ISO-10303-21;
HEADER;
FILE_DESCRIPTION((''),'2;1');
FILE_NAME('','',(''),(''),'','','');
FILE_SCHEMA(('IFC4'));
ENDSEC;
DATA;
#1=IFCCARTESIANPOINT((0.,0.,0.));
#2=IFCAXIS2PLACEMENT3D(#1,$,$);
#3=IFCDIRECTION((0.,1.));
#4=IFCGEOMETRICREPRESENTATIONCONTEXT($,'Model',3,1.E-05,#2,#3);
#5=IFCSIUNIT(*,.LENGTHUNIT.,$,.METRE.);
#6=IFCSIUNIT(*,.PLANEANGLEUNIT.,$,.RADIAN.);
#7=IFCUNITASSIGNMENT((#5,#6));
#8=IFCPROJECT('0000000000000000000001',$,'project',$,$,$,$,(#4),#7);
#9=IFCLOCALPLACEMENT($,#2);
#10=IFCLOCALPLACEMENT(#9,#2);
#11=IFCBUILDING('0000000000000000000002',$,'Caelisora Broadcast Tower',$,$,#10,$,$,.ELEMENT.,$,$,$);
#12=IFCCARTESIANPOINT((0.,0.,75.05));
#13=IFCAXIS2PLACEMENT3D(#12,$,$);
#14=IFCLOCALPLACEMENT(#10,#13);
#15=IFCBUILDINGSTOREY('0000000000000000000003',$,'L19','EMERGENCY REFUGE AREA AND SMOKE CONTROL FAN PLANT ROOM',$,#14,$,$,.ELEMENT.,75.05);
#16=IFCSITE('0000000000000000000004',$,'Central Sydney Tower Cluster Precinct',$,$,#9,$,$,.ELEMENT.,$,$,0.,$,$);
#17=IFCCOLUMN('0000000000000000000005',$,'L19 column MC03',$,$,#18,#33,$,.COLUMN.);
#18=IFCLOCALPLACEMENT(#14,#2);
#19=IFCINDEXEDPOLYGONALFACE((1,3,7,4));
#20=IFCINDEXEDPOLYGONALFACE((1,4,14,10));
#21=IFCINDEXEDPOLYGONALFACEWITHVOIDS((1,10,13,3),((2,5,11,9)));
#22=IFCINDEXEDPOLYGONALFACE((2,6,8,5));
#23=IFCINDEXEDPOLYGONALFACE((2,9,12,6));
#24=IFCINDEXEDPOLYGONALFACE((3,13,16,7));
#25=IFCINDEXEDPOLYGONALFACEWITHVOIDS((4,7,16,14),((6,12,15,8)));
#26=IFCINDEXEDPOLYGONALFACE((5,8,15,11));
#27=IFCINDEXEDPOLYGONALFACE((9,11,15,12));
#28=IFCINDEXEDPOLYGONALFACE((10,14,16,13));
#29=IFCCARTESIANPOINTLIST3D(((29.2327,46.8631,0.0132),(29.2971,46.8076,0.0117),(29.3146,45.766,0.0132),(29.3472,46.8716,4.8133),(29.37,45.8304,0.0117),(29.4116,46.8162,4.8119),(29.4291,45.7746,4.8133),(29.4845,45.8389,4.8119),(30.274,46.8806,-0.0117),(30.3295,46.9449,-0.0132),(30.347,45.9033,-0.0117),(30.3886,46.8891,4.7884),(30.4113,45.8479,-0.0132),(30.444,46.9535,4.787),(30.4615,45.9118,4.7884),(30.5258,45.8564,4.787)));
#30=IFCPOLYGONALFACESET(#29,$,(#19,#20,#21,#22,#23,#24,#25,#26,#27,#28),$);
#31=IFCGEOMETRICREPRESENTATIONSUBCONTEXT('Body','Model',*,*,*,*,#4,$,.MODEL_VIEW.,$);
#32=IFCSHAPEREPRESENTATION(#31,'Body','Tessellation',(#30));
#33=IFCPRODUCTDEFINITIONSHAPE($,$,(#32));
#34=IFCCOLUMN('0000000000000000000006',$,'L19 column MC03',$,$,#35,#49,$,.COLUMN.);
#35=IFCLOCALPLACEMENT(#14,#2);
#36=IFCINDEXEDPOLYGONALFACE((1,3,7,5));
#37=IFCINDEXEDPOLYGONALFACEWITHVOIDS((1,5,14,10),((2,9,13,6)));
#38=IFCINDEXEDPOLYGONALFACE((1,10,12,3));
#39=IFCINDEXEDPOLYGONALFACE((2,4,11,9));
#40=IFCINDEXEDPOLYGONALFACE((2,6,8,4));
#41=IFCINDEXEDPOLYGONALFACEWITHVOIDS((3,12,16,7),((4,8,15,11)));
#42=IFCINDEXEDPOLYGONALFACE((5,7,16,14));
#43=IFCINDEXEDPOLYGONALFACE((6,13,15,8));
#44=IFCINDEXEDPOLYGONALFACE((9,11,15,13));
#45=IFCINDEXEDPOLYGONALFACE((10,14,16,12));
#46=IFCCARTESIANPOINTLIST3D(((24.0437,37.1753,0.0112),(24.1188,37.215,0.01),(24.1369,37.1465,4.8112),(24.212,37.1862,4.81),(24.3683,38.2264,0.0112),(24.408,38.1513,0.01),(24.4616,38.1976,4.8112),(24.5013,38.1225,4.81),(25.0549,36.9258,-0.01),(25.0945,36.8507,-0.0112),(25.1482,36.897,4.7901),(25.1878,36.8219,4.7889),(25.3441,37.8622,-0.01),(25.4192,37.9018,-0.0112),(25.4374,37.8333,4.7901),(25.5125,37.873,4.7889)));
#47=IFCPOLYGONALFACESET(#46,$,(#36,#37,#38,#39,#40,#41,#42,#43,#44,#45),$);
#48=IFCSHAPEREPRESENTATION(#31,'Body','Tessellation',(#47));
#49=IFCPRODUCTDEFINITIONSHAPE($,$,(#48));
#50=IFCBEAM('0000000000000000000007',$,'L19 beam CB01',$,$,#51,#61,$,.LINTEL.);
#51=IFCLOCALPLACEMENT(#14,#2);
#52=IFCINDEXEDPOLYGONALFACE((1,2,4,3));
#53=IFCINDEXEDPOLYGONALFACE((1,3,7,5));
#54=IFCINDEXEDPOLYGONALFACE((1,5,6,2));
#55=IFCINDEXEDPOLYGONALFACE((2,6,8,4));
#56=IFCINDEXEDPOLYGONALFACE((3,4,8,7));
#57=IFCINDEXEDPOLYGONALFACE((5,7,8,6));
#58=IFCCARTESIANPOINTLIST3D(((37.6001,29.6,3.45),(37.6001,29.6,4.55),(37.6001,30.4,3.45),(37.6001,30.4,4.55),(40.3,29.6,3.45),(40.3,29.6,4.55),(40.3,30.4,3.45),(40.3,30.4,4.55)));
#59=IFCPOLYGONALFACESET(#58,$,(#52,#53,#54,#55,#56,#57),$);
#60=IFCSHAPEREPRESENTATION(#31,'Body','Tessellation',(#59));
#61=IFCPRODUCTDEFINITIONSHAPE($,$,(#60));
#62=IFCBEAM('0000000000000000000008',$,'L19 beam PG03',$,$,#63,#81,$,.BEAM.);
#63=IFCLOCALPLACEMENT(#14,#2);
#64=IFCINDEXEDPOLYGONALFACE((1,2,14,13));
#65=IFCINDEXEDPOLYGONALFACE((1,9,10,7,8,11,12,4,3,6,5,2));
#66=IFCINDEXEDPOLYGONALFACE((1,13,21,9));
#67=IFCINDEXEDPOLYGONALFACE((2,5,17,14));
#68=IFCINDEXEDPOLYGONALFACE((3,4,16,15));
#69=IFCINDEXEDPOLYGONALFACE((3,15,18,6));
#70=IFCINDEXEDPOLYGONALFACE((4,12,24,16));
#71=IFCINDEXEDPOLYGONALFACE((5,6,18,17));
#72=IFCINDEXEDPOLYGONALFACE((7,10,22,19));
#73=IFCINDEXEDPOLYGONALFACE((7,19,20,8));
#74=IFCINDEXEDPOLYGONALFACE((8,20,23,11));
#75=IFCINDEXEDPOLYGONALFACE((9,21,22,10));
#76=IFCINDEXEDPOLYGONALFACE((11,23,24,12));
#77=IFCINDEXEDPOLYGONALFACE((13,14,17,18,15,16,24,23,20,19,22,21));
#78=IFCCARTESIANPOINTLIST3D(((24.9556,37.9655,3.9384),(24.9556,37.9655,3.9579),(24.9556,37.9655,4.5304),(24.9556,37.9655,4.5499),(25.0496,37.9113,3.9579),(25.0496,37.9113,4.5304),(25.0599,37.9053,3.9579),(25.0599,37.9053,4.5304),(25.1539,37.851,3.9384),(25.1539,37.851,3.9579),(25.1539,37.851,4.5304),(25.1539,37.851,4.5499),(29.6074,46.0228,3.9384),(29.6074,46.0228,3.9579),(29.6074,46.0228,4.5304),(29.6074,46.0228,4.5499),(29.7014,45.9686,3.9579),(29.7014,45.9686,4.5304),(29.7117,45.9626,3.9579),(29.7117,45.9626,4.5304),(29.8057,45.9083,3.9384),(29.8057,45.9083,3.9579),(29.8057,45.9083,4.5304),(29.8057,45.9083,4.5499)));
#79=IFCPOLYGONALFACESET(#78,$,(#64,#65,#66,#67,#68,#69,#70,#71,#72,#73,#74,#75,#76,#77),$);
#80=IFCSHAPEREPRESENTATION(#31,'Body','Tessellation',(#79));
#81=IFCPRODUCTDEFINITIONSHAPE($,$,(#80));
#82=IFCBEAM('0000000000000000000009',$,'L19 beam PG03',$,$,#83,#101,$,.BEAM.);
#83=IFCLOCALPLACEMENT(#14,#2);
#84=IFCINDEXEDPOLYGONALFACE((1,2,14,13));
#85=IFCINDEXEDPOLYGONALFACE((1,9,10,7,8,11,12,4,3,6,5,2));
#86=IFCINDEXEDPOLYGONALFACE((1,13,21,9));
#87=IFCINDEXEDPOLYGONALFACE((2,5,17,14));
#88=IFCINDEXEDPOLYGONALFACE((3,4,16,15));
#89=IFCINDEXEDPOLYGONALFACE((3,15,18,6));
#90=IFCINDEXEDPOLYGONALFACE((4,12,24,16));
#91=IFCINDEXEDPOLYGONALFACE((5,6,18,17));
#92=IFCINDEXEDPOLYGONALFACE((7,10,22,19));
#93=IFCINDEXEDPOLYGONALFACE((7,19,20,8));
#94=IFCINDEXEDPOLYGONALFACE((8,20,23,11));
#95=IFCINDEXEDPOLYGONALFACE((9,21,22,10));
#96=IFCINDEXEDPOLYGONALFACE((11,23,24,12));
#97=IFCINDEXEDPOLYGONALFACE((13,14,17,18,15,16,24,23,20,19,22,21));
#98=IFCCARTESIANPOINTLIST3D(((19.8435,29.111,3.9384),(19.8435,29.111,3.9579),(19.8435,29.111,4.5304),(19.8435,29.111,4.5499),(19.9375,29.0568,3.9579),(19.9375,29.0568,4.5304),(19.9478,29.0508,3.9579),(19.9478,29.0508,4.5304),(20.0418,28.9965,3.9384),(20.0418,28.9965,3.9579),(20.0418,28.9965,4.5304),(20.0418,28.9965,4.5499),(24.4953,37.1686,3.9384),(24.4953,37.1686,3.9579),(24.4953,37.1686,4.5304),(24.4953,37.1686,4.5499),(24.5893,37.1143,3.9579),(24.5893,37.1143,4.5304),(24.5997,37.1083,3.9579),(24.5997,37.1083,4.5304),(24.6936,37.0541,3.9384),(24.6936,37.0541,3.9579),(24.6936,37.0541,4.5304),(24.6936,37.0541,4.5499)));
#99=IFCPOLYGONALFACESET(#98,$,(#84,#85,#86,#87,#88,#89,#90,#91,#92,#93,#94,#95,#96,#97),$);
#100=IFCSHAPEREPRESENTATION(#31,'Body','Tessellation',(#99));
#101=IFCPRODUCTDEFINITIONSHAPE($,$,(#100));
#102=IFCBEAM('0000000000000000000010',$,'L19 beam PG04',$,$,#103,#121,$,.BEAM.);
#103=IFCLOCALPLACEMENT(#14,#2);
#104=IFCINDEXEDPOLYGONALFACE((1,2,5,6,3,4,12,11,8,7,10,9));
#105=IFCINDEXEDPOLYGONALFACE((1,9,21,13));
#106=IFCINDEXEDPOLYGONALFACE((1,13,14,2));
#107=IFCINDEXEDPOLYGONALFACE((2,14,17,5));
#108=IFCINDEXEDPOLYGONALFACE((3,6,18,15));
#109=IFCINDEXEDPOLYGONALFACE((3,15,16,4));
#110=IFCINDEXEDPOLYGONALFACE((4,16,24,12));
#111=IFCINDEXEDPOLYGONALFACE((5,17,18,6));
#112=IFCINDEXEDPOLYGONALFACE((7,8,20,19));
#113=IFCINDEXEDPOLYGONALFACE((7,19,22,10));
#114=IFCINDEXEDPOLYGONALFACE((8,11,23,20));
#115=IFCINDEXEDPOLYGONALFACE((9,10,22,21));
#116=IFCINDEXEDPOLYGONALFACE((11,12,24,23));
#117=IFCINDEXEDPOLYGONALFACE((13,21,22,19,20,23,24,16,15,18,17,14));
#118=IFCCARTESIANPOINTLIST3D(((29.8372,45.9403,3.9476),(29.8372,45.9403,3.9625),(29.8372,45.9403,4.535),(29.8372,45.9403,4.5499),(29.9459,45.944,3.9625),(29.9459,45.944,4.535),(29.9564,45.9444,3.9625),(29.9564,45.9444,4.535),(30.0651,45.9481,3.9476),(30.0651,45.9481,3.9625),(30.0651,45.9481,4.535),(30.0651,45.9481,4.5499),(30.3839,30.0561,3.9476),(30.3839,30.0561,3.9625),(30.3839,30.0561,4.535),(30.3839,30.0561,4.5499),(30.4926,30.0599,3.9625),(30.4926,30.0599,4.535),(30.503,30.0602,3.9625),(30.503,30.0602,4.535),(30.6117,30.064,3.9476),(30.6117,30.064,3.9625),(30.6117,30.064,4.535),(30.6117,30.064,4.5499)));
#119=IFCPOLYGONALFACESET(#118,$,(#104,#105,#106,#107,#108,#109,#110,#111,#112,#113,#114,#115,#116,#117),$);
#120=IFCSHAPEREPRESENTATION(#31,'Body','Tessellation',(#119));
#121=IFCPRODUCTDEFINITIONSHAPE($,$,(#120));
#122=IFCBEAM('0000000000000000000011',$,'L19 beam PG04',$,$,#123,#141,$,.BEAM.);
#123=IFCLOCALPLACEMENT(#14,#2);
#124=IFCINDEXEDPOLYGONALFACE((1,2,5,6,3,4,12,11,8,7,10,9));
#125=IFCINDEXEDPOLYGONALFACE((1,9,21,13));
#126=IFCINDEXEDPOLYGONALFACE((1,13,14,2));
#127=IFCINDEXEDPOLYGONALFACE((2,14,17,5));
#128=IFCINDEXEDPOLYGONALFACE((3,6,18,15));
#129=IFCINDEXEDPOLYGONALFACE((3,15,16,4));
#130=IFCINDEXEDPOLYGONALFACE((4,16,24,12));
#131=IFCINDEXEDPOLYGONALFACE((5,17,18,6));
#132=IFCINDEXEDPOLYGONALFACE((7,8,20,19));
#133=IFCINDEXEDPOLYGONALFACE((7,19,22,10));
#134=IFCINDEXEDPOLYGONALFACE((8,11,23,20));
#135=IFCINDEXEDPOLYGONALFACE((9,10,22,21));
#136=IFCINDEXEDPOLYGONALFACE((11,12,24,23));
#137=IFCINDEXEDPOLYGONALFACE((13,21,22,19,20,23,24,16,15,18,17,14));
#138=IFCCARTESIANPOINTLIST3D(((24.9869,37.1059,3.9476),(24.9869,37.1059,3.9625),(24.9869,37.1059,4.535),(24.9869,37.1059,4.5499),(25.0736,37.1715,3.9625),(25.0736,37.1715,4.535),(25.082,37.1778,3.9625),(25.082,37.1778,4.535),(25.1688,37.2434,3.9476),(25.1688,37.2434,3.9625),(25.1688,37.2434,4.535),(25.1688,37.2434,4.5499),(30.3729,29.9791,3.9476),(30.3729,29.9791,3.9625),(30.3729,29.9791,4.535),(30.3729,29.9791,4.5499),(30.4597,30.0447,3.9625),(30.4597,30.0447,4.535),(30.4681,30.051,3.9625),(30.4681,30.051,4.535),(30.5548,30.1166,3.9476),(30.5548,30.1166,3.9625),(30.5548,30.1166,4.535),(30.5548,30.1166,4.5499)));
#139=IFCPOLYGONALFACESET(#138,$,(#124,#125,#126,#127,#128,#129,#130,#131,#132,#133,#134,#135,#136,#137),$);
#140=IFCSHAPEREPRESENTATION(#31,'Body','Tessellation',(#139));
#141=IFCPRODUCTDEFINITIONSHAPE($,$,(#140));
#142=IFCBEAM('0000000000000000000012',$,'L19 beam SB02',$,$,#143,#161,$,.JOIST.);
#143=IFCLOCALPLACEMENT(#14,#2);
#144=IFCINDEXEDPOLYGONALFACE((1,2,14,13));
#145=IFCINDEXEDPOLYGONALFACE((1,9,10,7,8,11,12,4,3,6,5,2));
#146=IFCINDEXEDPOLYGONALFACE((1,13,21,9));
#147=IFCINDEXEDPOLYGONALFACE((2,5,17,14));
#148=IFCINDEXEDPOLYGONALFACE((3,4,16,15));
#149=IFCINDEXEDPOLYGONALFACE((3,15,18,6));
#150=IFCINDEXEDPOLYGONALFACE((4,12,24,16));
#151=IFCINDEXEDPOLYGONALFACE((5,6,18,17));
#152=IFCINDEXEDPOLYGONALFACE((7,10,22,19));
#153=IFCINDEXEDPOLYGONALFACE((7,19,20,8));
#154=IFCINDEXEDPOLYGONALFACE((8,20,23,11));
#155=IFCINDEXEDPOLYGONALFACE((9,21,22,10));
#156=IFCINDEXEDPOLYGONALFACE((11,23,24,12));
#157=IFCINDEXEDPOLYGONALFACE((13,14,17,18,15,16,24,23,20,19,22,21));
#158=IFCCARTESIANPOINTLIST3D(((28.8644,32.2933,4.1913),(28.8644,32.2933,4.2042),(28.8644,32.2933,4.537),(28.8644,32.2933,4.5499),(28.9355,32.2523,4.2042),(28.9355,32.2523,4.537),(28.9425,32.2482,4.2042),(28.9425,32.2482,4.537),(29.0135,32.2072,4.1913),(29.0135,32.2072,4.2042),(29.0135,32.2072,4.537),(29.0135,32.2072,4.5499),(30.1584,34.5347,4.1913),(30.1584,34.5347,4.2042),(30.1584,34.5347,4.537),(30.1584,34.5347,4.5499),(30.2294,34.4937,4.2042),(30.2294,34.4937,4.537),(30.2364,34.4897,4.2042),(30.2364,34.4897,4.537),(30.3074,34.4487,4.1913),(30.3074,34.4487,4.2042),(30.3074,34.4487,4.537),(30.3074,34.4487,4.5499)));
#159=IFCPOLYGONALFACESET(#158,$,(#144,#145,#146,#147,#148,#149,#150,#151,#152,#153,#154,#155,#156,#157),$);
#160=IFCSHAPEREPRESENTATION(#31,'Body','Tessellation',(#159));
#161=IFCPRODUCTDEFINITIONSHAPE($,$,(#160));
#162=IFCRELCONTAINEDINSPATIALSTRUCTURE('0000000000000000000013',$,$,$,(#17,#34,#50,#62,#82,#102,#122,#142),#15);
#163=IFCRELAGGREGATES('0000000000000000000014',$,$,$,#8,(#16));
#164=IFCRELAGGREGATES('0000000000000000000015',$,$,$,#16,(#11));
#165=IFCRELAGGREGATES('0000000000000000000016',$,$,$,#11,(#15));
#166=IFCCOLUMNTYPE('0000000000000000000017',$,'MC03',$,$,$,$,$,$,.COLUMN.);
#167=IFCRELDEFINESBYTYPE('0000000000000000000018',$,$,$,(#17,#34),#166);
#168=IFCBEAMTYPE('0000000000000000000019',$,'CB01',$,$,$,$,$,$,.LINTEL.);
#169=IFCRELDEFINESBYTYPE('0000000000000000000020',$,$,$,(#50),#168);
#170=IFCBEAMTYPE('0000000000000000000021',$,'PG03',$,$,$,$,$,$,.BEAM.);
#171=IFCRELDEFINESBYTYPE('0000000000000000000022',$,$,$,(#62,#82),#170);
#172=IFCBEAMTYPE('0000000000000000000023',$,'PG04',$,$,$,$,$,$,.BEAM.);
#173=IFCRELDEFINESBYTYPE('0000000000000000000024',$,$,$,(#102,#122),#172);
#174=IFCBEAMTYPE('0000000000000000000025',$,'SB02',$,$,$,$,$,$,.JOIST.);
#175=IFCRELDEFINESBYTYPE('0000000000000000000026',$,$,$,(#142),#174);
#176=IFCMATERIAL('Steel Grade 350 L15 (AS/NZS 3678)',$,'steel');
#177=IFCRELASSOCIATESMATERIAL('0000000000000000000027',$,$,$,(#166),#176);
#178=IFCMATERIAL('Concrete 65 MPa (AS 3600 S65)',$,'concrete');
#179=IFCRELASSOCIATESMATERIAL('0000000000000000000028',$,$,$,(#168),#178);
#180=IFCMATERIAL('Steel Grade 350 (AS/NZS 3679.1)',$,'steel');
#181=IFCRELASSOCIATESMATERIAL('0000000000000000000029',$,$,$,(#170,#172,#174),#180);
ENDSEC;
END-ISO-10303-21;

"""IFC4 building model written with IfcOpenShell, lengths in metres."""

from ifc_helpers import new_model, si_unit, direction, frame, origin, origin_2d, place, context, subcontext, project, spatial, rectangle, hollow_rectangle, i_section, extrude, source, transform, mapped, material, material_profile, profile_set, type_object, type_shapes, element, save


model = new_model("IFC4")

# Units and contexts
model_context = context("Model", 3, precision=1e-05, world=origin(), true_north=direction((0.0, 1.0)))
body_context = subcontext(model_context, "Body", "Model", "MODEL_VIEW")
ifc_project = project(units=[si_unit("LENGTHUNIT", "METRE"), si_unit("PLANEANGLEUNIT", "RADIAN")], contexts=[model_context])

# Site, building, storey
site_placement = place(None, origin())
site = spatial("IfcSite", under=ifc_project, at=site_placement, Name="Central Sydney Tower Cluster Precinct", CompositionType="ELEMENT", RefElevation=0.0)
building_placement = place(site_placement, origin())
building = spatial("IfcBuilding", under=site, at=building_placement, Name="Caelisora Broadcast Tower", CompositionType="ELEMENT")
storey_placement = place(building_placement, frame((0.0, 0.0, 75.05)))
storey = spatial("IfcBuildingStorey", under=building, at=storey_placement, Name="L19", Description="EMERGENCY REFUGE AREA AND SMOKE CONTROL FAN PLANT ROOM", CompositionType="ELEMENT", Elevation=75.05)

# Columns
ifc_material_1 = material(Name="Steel Grade 350 L15 (AS/NZS 3678)", Category="steel")
ifc_material_profile_1 = material_profile(ifc_material_1, hollow_rectangle(XDim=1.1001, YDim=1.1001, WallThickness=0.0601, at=origin_2d()), Name="Steel Grade 350 L15 (AS/NZS 3678)")
ifc_profile_set_1 = profile_set([ifc_material_profile_1], Name="Steel Grade 350 L15 (AS/NZS 3678)")
column_type = type_object("IfcColumnType", Name="MC03", PredefinedType="COLUMN", material=ifc_profile_set_1)
shared_shape_1 = source(origin(), body_context, "Body", "SweptSolid", [
    extrude(hollow_rectangle(XDim=1.1001, YDim=1.1001, WallThickness=0.0601, at=origin_2d()), origin(), (0.0, 0.0, 1.0), 4.8015),
])
column_1_placement = place(storey_placement, frame((29.822, 46.3555, 0.0), z_axis=(0.023848, 0.00178, 0.999714), x_axis=(-0.07442, 0.997227, 0.0)))
element("IfcColumn", 1, at=column_1_placement, inside=storey, type_object=column_type, Name="L19 column MC03", PredefinedType="COLUMN", context=body_context, shape_type="MappedRepresentation", body=[
    mapped(shared_shape_1, transform((0.0, 0.0, 0.0), scale=1.0)),
])
shared_shape_2 = source(origin(), body_context, "Body", "SweptSolid", [
    extrude(hollow_rectangle(XDim=1.1001, YDim=1.1001, WallThickness=0.0601, at=origin_2d()), origin(), (0.0, 0.0, 1.0), 4.801),
])
type_shapes(column_type, [shared_shape_1, shared_shape_2])
column_2_placement = place(storey_placement, frame((24.7314, 37.5386, 0.0), z_axis=(0.019425, -0.006, 0.999793), x_axis=(0.29514, 0.955454, 0.0)))
element("IfcColumn", 2, at=column_2_placement, inside=storey, type_object=column_type, Name="L19 column MC03", PredefinedType="COLUMN", context=body_context, shape_type="MappedRepresentation", body=[
    mapped(shared_shape_2, transform((0.0, 0.0, 0.0), scale=1.0)),
])

# Beams
ifc_material_2 = material(Name="Concrete 65 MPa (AS 3600 S65)", Category="concrete")
ifc_material_profile_2 = material_profile(ifc_material_2, rectangle(XDim=0.8, YDim=1.1001, at=origin_2d()), Name="Concrete 65 MPa (AS 3600 S65)")
ifc_profile_set_2 = profile_set([ifc_material_profile_2], Name="Concrete 65 MPa (AS 3600 S65)")
beam_type_1 = type_object("IfcBeamType", Name="CB01", PredefinedType="LINTEL", material=ifc_profile_set_2)
shared_shape_3 = source(origin(), body_context, "Body", "SweptSolid", [
    extrude(rectangle(XDim=0.8, YDim=1.1001, at=origin_2d()), origin(), (0.0, 0.0, 1.0), 2.7),
])
type_shapes(beam_type_1, [shared_shape_3])
beam_1_placement = place(storey_placement, frame((37.6001, 30.0, 4.0), z_axis=(1.0, 0.0, 0.0), x_axis=(0.0, 1.0, 0.0)))
element("IfcBeam", 3, at=beam_1_placement, inside=storey, type_object=beam_type_1, Name="L19 beam CB01", PredefinedType="LINTEL", context=body_context, shape_type="MappedRepresentation", body=[
    mapped(shared_shape_3, transform((0.0, 0.0, 0.0), scale=1.0)),
])
ifc_material_3 = material(Name="Steel Grade 350 (AS/NZS 3679.1)", Category="steel")
ifc_material_profile_3 = material_profile(ifc_material_3, i_section(OverallWidth=0.229, OverallDepth=0.6116, WebThickness=0.012, FlangeThickness=0.0195, at=origin_2d()), Name="Steel Grade 350 (AS/NZS 3679.1)")
ifc_profile_set_3 = profile_set([ifc_material_profile_3], Name="Steel Grade 350 (AS/NZS 3679.1)")
beam_type_2 = type_object("IfcBeamType", Name="PG03", PredefinedType="BEAM", material=ifc_profile_set_3)
shared_shape_4 = source(origin(), body_context, "Body", "SweptSolid", [
    extrude(i_section(OverallWidth=0.229, OverallDepth=0.6116, WebThickness=0.012, FlangeThickness=0.0195, at=origin_2d()), origin(), (0.0, 0.0, 1.0), 9.3037),
])
beam_2_placement = place(storey_placement, frame((29.7065, 45.9656, 4.2441), z_axis=(-0.499994, -0.866029, 0.0), x_axis=(0.866029, -0.499994, 0.0)))
element("IfcBeam", 4, at=beam_2_placement, inside=storey, type_object=beam_type_2, Name="L19 beam PG03", PredefinedType="BEAM", context=body_context, shape_type="MappedRepresentation", body=[
    mapped(shared_shape_4, transform((0.0, 0.0, 0.0), scale=1.0)),
])
shared_shape_5 = source(origin(), body_context, "Body", "SweptSolid", [
    extrude(i_section(OverallWidth=0.229, OverallDepth=0.6116, WebThickness=0.012, FlangeThickness=0.0195, at=origin_2d()), origin(), (0.0, 0.0, 1.0), 9.304),
])
type_shapes(beam_type_2, [shared_shape_4, shared_shape_5])
beam_3_placement = place(storey_placement, frame((24.5945, 37.1113, 4.2441), z_axis=(-0.499983, -0.866035, 0.0), x_axis=(0.866035, -0.499983, 0.0)))
element("IfcBeam", 5, at=beam_3_placement, inside=storey, type_object=beam_type_2, Name="L19 beam PG03", PredefinedType="BEAM", context=body_context, shape_type="MappedRepresentation", body=[
    mapped(shared_shape_5, transform((0.0, 0.0, 0.0), scale=1.0)),
])
ifc_material_profile_4 = material_profile(ifc_material_3, i_section(OverallWidth=0.228, OverallDepth=0.6023, WebThickness=0.0105, FlangeThickness=0.0149, at=origin_2d()), Name="Steel Grade 350 (AS/NZS 3679.1)")
ifc_profile_set_4 = profile_set([ifc_material_profile_4], Name="Steel Grade 350 (AS/NZS 3679.1)")
beam_type_3 = type_object("IfcBeamType", Name="PG04", PredefinedType="BEAM", material=ifc_profile_set_4)
shared_shape_6 = source(origin(), body_context, "Body", "SweptSolid", [
    extrude(i_section(OverallWidth=0.228, OverallDepth=0.6023, WebThickness=0.0105, FlangeThickness=0.0149, at=origin_2d()), origin(), (0.0, 0.0, 1.0), 15.8936),
])
beam_4_placement = place(storey_placement, frame((30.4978, 30.0601, 4.2488), z_axis=(-0.034393, 0.999408, 0.0), x_axis=(-0.999408, -0.034393, 0.0)))
element("IfcBeam", 6, at=beam_4_placement, inside=storey, type_object=beam_type_3, Name="L19 beam PG04", PredefinedType="BEAM", context=body_context, shape_type="MappedRepresentation", body=[
    mapped(shared_shape_6, transform((0.0, 0.0, 0.0), scale=1.0)),
])
shared_shape_7 = source(origin(), body_context, "Body", "SweptSolid", [
    extrude(i_section(OverallWidth=0.228, OverallDepth=0.6023, WebThickness=0.0105, FlangeThickness=0.0149, at=origin_2d()), origin(), (0.0, 0.0, 1.0), 8.9331),
])
type_shapes(beam_type_3, [shared_shape_6, shared_shape_7])
beam_5_placement = place(storey_placement, frame((30.4639, 30.0479, 4.2488), z_axis=(-0.60293, 0.797794, 0.0), x_axis=(-0.797794, -0.60293, 0.0)))
element("IfcBeam", 7, at=beam_5_placement, inside=storey, type_object=beam_type_3, Name="L19 beam PG04", PredefinedType="BEAM", context=body_context, shape_type="MappedRepresentation", body=[
    mapped(shared_shape_7, transform((0.0, 0.0, 0.0), scale=1.0)),
])
ifc_material_profile_5 = material_profile(ifc_material_3, i_section(OverallWidth=0.1721, OverallDepth=0.3586, WebThickness=0.0081, FlangeThickness=0.0129, at=origin_2d()), Name="Steel Grade 350 (AS/NZS 3679.1)")
ifc_profile_set_5 = profile_set([ifc_material_profile_5], Name="Steel Grade 350 (AS/NZS 3679.1)")
beam_type_4 = type_object("IfcBeamType", Name="SB02", PredefinedType="JOIST", material=ifc_profile_set_5)
shared_shape_8 = source(origin(), body_context, "Body", "SweptSolid", [
    extrude(i_section(OverallWidth=0.1721, OverallDepth=0.3586, WebThickness=0.0081, FlangeThickness=0.0129, at=origin_2d()), origin(), (0.0, 0.0, 1.0), 2.5881),
])
beam_6_placement = place(storey_placement, frame((30.2329, 34.4917, 4.3706), z_axis=(-0.499954, -0.866052, 0.0), x_axis=(0.866052, -0.499954, 0.0)))
element("IfcBeam", 8, at=beam_6_placement, inside=storey, type_object=beam_type_4, Name="L19 beam SB02", PredefinedType="JOIST", context=body_context, shape_type="MappedRepresentation", body=[
    mapped(shared_shape_8, transform((0.0, 0.0, 0.0), scale=1.0)),
])

save(model, "model.ifc")
